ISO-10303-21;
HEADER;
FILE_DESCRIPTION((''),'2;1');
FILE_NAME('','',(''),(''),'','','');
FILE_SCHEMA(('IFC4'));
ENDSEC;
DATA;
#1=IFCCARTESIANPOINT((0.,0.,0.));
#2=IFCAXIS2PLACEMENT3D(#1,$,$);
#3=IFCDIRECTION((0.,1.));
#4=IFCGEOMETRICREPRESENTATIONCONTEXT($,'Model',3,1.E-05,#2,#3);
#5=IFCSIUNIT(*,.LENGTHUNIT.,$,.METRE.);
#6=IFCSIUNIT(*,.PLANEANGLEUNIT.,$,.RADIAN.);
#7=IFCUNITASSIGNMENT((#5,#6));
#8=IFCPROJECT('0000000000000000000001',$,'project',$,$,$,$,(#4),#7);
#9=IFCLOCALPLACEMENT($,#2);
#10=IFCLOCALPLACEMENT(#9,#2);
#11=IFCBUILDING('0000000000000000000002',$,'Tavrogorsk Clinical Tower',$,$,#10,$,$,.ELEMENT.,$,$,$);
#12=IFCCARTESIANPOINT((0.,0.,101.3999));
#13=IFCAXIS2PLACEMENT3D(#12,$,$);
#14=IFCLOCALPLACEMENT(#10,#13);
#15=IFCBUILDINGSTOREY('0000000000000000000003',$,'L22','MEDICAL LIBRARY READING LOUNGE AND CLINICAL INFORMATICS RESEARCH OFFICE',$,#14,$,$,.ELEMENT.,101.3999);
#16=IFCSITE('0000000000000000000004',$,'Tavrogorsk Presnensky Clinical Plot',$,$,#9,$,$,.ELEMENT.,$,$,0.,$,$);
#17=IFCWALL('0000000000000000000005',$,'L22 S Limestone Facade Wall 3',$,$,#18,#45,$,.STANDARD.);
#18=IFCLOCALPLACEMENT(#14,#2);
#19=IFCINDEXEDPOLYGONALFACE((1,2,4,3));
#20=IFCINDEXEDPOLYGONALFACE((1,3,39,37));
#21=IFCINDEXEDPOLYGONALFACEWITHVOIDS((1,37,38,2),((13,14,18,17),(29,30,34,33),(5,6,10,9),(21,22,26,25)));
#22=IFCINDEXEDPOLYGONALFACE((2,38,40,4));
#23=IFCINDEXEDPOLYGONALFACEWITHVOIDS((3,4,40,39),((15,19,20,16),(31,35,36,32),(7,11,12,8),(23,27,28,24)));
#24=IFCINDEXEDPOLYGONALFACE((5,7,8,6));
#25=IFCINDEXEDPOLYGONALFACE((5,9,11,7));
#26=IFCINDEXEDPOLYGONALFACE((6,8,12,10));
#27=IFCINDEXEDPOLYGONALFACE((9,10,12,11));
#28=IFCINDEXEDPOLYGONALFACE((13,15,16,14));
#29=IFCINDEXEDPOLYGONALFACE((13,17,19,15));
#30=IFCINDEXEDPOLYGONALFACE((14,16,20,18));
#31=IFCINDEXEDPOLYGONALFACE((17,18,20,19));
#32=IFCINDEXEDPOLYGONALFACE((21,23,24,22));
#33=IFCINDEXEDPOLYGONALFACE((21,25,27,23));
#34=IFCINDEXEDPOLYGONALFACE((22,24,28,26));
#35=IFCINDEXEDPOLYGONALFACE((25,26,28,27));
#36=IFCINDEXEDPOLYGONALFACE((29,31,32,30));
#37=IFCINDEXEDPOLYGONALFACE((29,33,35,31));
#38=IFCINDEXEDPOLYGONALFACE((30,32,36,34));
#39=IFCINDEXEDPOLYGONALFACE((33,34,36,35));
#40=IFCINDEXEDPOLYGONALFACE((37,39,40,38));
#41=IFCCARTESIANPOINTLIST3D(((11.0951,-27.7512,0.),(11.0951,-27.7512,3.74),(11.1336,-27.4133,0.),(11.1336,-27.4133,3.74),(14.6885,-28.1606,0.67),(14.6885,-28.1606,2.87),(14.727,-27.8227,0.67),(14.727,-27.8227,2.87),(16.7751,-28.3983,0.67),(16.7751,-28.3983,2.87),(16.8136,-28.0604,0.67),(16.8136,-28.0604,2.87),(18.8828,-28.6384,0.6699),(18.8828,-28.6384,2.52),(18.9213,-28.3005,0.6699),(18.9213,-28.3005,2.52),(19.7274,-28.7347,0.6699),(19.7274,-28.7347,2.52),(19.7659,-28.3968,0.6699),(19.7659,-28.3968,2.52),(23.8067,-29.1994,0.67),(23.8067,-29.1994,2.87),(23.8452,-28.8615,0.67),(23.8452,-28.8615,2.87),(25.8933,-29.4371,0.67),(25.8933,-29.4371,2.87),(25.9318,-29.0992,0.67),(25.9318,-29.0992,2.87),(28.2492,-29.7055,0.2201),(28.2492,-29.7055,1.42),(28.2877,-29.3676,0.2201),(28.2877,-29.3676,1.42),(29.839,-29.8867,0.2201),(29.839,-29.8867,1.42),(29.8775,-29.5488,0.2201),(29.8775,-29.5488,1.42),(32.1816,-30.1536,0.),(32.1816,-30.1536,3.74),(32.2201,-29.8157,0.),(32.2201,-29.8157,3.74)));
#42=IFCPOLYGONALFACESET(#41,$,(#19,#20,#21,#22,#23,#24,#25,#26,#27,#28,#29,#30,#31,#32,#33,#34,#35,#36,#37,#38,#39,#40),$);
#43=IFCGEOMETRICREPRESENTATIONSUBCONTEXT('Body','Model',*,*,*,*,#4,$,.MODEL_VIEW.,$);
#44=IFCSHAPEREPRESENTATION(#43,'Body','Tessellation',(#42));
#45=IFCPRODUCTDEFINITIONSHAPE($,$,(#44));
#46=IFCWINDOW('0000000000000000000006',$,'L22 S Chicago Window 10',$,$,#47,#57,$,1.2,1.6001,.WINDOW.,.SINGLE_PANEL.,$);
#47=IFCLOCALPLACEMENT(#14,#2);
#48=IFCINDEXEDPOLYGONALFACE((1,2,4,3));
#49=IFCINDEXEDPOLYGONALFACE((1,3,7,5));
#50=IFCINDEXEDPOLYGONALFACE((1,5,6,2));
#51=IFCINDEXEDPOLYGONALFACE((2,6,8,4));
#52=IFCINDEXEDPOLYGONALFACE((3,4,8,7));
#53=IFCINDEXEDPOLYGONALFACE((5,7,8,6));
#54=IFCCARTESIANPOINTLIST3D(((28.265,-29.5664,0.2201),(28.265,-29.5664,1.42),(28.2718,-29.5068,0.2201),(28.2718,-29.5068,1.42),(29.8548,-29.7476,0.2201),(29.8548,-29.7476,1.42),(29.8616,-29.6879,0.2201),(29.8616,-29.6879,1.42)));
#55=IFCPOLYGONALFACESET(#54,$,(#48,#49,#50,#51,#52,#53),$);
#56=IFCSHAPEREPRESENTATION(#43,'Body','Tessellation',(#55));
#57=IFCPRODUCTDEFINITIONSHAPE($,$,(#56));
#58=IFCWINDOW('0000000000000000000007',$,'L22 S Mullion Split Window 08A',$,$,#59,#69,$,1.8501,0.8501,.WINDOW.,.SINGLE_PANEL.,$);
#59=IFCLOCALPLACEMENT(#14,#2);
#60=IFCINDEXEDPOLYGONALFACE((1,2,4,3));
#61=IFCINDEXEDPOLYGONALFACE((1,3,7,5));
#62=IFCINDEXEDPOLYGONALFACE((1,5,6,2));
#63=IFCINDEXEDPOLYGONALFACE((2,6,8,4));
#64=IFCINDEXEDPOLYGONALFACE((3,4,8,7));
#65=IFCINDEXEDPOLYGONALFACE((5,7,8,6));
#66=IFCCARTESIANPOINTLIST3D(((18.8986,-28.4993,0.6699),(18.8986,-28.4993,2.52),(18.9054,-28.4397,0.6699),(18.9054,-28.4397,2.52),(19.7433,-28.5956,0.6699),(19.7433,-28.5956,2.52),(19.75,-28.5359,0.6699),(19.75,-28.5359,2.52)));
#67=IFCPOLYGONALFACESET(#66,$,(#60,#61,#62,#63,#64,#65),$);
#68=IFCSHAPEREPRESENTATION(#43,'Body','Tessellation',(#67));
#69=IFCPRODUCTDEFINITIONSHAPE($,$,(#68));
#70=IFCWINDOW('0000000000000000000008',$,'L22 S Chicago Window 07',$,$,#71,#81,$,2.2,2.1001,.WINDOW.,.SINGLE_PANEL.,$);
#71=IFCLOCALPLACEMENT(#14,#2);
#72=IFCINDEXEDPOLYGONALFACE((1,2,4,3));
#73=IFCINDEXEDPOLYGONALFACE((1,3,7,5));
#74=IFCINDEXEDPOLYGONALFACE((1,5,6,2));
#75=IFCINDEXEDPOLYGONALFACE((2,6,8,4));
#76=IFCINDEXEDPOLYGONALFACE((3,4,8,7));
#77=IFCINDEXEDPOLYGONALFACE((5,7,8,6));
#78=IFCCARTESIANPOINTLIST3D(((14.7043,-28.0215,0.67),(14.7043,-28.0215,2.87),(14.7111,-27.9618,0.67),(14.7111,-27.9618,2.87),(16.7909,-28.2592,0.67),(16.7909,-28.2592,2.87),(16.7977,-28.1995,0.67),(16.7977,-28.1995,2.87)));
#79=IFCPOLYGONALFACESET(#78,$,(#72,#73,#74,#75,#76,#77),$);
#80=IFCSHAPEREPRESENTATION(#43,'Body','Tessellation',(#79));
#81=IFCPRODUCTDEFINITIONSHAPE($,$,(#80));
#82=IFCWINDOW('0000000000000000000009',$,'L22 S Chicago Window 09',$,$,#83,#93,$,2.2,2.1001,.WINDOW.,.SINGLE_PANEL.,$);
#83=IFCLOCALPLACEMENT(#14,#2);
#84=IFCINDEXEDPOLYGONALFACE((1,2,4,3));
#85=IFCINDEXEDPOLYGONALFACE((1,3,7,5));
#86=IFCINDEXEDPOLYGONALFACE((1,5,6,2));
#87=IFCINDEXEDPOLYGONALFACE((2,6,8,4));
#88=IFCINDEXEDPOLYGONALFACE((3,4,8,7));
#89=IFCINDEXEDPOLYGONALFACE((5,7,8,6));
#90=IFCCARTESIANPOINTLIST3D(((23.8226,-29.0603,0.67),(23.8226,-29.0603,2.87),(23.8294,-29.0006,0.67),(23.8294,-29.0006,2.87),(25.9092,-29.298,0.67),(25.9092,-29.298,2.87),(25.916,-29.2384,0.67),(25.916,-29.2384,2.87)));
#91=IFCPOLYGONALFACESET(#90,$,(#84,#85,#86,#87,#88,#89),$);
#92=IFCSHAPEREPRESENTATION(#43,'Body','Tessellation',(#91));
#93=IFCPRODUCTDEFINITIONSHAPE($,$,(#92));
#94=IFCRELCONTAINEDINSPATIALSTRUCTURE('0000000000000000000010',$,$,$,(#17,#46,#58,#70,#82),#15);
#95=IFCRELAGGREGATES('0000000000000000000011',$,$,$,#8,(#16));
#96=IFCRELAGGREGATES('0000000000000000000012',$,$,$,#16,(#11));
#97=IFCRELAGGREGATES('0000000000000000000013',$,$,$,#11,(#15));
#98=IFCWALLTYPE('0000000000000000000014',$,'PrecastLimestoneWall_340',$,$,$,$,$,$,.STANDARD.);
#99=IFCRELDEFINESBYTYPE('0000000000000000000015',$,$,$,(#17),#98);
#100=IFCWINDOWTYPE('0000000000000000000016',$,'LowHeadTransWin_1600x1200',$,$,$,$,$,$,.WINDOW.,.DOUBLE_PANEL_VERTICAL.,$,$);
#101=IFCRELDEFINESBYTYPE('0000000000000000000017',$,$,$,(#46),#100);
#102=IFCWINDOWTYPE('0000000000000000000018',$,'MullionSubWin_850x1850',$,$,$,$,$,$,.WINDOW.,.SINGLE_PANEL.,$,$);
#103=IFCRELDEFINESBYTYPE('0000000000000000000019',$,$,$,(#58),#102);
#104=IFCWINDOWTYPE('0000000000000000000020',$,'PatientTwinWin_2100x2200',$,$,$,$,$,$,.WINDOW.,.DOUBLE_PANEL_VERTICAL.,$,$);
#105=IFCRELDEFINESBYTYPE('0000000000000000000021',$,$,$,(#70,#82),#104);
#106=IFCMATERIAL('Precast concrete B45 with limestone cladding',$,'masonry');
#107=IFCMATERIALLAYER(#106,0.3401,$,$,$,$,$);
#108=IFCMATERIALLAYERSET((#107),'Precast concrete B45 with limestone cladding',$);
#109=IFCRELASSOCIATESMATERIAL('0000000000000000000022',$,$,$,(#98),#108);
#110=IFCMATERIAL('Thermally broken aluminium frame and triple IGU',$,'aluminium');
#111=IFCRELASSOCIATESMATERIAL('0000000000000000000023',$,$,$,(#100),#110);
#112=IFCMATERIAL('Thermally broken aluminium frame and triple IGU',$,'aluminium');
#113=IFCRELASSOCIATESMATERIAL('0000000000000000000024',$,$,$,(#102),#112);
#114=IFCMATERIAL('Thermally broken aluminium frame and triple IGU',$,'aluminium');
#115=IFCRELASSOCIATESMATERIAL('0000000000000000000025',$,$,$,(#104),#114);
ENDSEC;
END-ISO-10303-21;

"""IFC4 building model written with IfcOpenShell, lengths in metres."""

from ifc_helpers import new_model, si_unit, direction, frame, frame_2d, origin, place, context, subcontext, project, spatial, rectangle, extrude, material, layer, layer_set, type_object, element, fill, save


model = new_model("IFC4")

# Units and contexts
model_context = context("Model", 3, precision=1e-05, world=origin(), true_north=direction((0.0, 1.0)))
body_context = subcontext(model_context, "Body", "Model", "MODEL_VIEW")
ifc_project = project(units=[si_unit("LENGTHUNIT", "METRE"), si_unit("PLANEANGLEUNIT", "RADIAN")], contexts=[model_context])

# Site, building, storey
site_placement = place(None, origin())
site = spatial("IfcSite", under=ifc_project, at=site_placement, Name="Tavrogorsk Presnensky Clinical Plot", CompositionType="ELEMENT", RefElevation=0.0)
building_placement = place(site_placement, origin())
building = spatial("IfcBuilding", under=site, at=building_placement, Name="Tavrogorsk Clinical Tower", CompositionType="ELEMENT")
storey_placement = place(building_placement, frame((0.0, 0.0, 101.3999)))
storey = spatial("IfcBuildingStorey", under=building, at=storey_placement, Name="L22", Description="MEDICAL LIBRARY READING LOUNGE AND CLINICAL INFORMATICS RESEARCH OFFICE", CompositionType="ELEMENT", Elevation=101.3999)

# Wall, openings, windows
ifc_material_1 = material(Name="Precast concrete B45 with limestone cladding", Category="masonry")
ifc_layer_1 = layer(ifc_material_1, 0.3401)
ifc_layer_set_1 = layer_set([ifc_layer_1], Name="Precast concrete B45 with limestone cladding")
wall_type_1 = type_object("IfcWallType", Name="PrecastLimestoneWall_340", PredefinedType="STANDARD", material=ifc_layer_set_1)
wall_1_placement = place(storey_placement, frame((11.1145, -27.5823, 0.0), z_axis=(0.0, 0.0, 1.0), x_axis=(0.993573, -0.113196, 0.0)))
wall_1 = element("IfcWall", 1, at=wall_1_placement, inside=storey, type_object=wall_type_1, Name="L22 S Limestone Facade Wall 3", PredefinedType="STANDARD", context=body_context, shape_type="SweptSolid", body=[
    extrude(rectangle(XDim=21.2229, YDim=0.3401, at=frame_2d((10.6113, 0.0))), origin(), (0.0, 0.0, 1.0), 3.74),
])
opening_1_placement = place(wall_1_placement, frame((3.6165, 0.0, 0.6699)))
opening_1 = element("IfcOpeningElement", 2, at=opening_1_placement, cuts=wall_1, PredefinedType="OPENING", context=body_context, shape_type="SweptSolid", body=[
    extrude(rectangle(XDim=2.1001, YDim=2.2, at=frame_2d((1.05, 1.1001))), frame((0.0, 0.1799, 0.0), z_axis=(0.0, -1.0, 0.0), x_axis=(1.0, 0.0, 0.0)), (0.0, 0.0, 1.0), 0.3601),
])
opening_2_placement = place(wall_1_placement, frame((7.8379, 0.0, 0.6699)))
opening_2 = element("IfcOpeningElement", 3, at=opening_2_placement, cuts=wall_1, PredefinedType="OPENING", context=body_context, shape_type="SweptSolid", body=[
    extrude(rectangle(XDim=0.8501, YDim=1.8501, at=frame_2d((0.425, 0.925))), frame((0.0, 0.1799, 0.0), z_axis=(0.0, -1.0, 0.0), x_axis=(1.0, 0.0, 0.0)), (0.0, 0.0, 1.0), 0.3601),
])
opening_3_placement = place(wall_1_placement, frame((12.7937, 0.0, 0.6699)))
opening_3 = element("IfcOpeningElement", 4, at=opening_3_placement, cuts=wall_1, PredefinedType="OPENING", context=body_context, shape_type="SweptSolid", body=[
    extrude(rectangle(XDim=2.1001, YDim=2.2, at=frame_2d((1.05, 1.1001))), frame((0.0, 0.1799, 0.0), z_axis=(0.0, -1.0, 0.0), x_axis=(1.0, 0.0, 0.0)), (0.0, 0.0, 1.0), 0.3601),
])
opening_4_placement = place(wall_1_placement, frame((17.2649, 0.0, 0.22)))
opening_4 = element("IfcOpeningElement", 5, at=opening_4_placement, cuts=wall_1, PredefinedType="OPENING", context=body_context, shape_type="SweptSolid", body=[
    extrude(rectangle(XDim=1.6001, YDim=1.2, at=frame_2d((0.8, 0.6001))), frame((0.0, 0.1799, 0.0), z_axis=(0.0, -1.0, 0.0), x_axis=(1.0, 0.0, 0.0)), (0.0, 0.0, 1.0), 0.3601),
])
ifc_material_2 = material(Name="Thermally broken aluminium frame and triple IGU", Category="aluminium")
window_type_1 = type_object("IfcWindowType", Name="LowHeadTransWin_1600x1200", PartitioningType="DOUBLE_PANEL_VERTICAL", PredefinedType="WINDOW", material=ifc_material_2)
window_1_placement = place(opening_4_placement, origin())
window_1 = element("IfcWindow", 6, at=window_1_placement, inside=storey, type_object=window_type_1, Name="L22 S Chicago Window 10", OverallHeight=1.2, OverallWidth=1.6001, PartitioningType="SINGLE_PANEL", PredefinedType="WINDOW", context=body_context, shape_type="SweptSolid", body=[
    extrude(rectangle(XDim=1.6001, YDim=1.2, at=frame_2d((0.8, 0.6001))), frame((0.0, 0.03, 0.0), z_axis=(0.0, -1.0, 0.0), x_axis=(1.0, 0.0, 0.0)), (0.0, 0.0, 1.0), 0.0601),
])
fill(opening_4, window_1)
ifc_material_3 = material(Name="Thermally broken aluminium frame and triple IGU", Category="aluminium")
window_type_2 = type_object("IfcWindowType", Name="MullionSubWin_850x1850", PartitioningType="SINGLE_PANEL", PredefinedType="WINDOW", material=ifc_material_3)
window_2_placement = place(opening_2_placement, origin())
window_2 = element("IfcWindow", 7, at=window_2_placement, inside=storey, type_object=window_type_2, Name="L22 S Mullion Split Window 08A", OverallHeight=1.8501, OverallWidth=0.8501, PartitioningType="SINGLE_PANEL", PredefinedType="WINDOW", context=body_context, shape_type="SweptSolid", body=[
    extrude(rectangle(XDim=0.8501, YDim=1.8501, at=frame_2d((0.425, 0.925))), frame((0.0, 0.03, 0.0), z_axis=(0.0, -1.0, 0.0), x_axis=(1.0, 0.0, 0.0)), (0.0, 0.0, 1.0), 0.0601),
])
fill(opening_2, window_2)
ifc_material_4 = material(Name="Thermally broken aluminium frame and triple IGU", Category="aluminium")
window_type_3 = type_object("IfcWindowType", Name="PatientTwinWin_2100x2200", PartitioningType="DOUBLE_PANEL_VERTICAL", PredefinedType="WINDOW", material=ifc_material_4)
window_3_placement = place(opening_1_placement, origin())
window_3 = element("IfcWindow", 8, at=window_3_placement, inside=storey, type_object=window_type_3, Name="L22 S Chicago Window 07", OverallHeight=2.2, OverallWidth=2.1001, PartitioningType="SINGLE_PANEL", PredefinedType="WINDOW", context=body_context, shape_type="SweptSolid", body=[
    extrude(rectangle(XDim=2.1001, YDim=2.2, at=frame_2d((1.05, 1.1001))), frame((0.0, 0.03, 0.0), z_axis=(0.0, -1.0, 0.0), x_axis=(1.0, 0.0, 0.0)), (0.0, 0.0, 1.0), 0.0601),
])
fill(opening_1, window_3)
window_4_placement = place(opening_3_placement, origin())
window_4 = element("IfcWindow", 9, at=window_4_placement, inside=storey, type_object=window_type_3, Name="L22 S Chicago Window 09", OverallHeight=2.2, OverallWidth=2.1001, PartitioningType="SINGLE_PANEL", PredefinedType="WINDOW", context=body_context, shape_type="SweptSolid", body=[
    extrude(rectangle(XDim=2.1001, YDim=2.2, at=frame_2d((1.05, 1.1001))), frame((0.0, 0.03, 0.0), z_axis=(0.0, -1.0, 0.0), x_axis=(1.0, 0.0, 0.0)), (0.0, 0.0, 1.0), 0.0601),
])
fill(opening_3, window_4)

save(model, "model.ifc")
